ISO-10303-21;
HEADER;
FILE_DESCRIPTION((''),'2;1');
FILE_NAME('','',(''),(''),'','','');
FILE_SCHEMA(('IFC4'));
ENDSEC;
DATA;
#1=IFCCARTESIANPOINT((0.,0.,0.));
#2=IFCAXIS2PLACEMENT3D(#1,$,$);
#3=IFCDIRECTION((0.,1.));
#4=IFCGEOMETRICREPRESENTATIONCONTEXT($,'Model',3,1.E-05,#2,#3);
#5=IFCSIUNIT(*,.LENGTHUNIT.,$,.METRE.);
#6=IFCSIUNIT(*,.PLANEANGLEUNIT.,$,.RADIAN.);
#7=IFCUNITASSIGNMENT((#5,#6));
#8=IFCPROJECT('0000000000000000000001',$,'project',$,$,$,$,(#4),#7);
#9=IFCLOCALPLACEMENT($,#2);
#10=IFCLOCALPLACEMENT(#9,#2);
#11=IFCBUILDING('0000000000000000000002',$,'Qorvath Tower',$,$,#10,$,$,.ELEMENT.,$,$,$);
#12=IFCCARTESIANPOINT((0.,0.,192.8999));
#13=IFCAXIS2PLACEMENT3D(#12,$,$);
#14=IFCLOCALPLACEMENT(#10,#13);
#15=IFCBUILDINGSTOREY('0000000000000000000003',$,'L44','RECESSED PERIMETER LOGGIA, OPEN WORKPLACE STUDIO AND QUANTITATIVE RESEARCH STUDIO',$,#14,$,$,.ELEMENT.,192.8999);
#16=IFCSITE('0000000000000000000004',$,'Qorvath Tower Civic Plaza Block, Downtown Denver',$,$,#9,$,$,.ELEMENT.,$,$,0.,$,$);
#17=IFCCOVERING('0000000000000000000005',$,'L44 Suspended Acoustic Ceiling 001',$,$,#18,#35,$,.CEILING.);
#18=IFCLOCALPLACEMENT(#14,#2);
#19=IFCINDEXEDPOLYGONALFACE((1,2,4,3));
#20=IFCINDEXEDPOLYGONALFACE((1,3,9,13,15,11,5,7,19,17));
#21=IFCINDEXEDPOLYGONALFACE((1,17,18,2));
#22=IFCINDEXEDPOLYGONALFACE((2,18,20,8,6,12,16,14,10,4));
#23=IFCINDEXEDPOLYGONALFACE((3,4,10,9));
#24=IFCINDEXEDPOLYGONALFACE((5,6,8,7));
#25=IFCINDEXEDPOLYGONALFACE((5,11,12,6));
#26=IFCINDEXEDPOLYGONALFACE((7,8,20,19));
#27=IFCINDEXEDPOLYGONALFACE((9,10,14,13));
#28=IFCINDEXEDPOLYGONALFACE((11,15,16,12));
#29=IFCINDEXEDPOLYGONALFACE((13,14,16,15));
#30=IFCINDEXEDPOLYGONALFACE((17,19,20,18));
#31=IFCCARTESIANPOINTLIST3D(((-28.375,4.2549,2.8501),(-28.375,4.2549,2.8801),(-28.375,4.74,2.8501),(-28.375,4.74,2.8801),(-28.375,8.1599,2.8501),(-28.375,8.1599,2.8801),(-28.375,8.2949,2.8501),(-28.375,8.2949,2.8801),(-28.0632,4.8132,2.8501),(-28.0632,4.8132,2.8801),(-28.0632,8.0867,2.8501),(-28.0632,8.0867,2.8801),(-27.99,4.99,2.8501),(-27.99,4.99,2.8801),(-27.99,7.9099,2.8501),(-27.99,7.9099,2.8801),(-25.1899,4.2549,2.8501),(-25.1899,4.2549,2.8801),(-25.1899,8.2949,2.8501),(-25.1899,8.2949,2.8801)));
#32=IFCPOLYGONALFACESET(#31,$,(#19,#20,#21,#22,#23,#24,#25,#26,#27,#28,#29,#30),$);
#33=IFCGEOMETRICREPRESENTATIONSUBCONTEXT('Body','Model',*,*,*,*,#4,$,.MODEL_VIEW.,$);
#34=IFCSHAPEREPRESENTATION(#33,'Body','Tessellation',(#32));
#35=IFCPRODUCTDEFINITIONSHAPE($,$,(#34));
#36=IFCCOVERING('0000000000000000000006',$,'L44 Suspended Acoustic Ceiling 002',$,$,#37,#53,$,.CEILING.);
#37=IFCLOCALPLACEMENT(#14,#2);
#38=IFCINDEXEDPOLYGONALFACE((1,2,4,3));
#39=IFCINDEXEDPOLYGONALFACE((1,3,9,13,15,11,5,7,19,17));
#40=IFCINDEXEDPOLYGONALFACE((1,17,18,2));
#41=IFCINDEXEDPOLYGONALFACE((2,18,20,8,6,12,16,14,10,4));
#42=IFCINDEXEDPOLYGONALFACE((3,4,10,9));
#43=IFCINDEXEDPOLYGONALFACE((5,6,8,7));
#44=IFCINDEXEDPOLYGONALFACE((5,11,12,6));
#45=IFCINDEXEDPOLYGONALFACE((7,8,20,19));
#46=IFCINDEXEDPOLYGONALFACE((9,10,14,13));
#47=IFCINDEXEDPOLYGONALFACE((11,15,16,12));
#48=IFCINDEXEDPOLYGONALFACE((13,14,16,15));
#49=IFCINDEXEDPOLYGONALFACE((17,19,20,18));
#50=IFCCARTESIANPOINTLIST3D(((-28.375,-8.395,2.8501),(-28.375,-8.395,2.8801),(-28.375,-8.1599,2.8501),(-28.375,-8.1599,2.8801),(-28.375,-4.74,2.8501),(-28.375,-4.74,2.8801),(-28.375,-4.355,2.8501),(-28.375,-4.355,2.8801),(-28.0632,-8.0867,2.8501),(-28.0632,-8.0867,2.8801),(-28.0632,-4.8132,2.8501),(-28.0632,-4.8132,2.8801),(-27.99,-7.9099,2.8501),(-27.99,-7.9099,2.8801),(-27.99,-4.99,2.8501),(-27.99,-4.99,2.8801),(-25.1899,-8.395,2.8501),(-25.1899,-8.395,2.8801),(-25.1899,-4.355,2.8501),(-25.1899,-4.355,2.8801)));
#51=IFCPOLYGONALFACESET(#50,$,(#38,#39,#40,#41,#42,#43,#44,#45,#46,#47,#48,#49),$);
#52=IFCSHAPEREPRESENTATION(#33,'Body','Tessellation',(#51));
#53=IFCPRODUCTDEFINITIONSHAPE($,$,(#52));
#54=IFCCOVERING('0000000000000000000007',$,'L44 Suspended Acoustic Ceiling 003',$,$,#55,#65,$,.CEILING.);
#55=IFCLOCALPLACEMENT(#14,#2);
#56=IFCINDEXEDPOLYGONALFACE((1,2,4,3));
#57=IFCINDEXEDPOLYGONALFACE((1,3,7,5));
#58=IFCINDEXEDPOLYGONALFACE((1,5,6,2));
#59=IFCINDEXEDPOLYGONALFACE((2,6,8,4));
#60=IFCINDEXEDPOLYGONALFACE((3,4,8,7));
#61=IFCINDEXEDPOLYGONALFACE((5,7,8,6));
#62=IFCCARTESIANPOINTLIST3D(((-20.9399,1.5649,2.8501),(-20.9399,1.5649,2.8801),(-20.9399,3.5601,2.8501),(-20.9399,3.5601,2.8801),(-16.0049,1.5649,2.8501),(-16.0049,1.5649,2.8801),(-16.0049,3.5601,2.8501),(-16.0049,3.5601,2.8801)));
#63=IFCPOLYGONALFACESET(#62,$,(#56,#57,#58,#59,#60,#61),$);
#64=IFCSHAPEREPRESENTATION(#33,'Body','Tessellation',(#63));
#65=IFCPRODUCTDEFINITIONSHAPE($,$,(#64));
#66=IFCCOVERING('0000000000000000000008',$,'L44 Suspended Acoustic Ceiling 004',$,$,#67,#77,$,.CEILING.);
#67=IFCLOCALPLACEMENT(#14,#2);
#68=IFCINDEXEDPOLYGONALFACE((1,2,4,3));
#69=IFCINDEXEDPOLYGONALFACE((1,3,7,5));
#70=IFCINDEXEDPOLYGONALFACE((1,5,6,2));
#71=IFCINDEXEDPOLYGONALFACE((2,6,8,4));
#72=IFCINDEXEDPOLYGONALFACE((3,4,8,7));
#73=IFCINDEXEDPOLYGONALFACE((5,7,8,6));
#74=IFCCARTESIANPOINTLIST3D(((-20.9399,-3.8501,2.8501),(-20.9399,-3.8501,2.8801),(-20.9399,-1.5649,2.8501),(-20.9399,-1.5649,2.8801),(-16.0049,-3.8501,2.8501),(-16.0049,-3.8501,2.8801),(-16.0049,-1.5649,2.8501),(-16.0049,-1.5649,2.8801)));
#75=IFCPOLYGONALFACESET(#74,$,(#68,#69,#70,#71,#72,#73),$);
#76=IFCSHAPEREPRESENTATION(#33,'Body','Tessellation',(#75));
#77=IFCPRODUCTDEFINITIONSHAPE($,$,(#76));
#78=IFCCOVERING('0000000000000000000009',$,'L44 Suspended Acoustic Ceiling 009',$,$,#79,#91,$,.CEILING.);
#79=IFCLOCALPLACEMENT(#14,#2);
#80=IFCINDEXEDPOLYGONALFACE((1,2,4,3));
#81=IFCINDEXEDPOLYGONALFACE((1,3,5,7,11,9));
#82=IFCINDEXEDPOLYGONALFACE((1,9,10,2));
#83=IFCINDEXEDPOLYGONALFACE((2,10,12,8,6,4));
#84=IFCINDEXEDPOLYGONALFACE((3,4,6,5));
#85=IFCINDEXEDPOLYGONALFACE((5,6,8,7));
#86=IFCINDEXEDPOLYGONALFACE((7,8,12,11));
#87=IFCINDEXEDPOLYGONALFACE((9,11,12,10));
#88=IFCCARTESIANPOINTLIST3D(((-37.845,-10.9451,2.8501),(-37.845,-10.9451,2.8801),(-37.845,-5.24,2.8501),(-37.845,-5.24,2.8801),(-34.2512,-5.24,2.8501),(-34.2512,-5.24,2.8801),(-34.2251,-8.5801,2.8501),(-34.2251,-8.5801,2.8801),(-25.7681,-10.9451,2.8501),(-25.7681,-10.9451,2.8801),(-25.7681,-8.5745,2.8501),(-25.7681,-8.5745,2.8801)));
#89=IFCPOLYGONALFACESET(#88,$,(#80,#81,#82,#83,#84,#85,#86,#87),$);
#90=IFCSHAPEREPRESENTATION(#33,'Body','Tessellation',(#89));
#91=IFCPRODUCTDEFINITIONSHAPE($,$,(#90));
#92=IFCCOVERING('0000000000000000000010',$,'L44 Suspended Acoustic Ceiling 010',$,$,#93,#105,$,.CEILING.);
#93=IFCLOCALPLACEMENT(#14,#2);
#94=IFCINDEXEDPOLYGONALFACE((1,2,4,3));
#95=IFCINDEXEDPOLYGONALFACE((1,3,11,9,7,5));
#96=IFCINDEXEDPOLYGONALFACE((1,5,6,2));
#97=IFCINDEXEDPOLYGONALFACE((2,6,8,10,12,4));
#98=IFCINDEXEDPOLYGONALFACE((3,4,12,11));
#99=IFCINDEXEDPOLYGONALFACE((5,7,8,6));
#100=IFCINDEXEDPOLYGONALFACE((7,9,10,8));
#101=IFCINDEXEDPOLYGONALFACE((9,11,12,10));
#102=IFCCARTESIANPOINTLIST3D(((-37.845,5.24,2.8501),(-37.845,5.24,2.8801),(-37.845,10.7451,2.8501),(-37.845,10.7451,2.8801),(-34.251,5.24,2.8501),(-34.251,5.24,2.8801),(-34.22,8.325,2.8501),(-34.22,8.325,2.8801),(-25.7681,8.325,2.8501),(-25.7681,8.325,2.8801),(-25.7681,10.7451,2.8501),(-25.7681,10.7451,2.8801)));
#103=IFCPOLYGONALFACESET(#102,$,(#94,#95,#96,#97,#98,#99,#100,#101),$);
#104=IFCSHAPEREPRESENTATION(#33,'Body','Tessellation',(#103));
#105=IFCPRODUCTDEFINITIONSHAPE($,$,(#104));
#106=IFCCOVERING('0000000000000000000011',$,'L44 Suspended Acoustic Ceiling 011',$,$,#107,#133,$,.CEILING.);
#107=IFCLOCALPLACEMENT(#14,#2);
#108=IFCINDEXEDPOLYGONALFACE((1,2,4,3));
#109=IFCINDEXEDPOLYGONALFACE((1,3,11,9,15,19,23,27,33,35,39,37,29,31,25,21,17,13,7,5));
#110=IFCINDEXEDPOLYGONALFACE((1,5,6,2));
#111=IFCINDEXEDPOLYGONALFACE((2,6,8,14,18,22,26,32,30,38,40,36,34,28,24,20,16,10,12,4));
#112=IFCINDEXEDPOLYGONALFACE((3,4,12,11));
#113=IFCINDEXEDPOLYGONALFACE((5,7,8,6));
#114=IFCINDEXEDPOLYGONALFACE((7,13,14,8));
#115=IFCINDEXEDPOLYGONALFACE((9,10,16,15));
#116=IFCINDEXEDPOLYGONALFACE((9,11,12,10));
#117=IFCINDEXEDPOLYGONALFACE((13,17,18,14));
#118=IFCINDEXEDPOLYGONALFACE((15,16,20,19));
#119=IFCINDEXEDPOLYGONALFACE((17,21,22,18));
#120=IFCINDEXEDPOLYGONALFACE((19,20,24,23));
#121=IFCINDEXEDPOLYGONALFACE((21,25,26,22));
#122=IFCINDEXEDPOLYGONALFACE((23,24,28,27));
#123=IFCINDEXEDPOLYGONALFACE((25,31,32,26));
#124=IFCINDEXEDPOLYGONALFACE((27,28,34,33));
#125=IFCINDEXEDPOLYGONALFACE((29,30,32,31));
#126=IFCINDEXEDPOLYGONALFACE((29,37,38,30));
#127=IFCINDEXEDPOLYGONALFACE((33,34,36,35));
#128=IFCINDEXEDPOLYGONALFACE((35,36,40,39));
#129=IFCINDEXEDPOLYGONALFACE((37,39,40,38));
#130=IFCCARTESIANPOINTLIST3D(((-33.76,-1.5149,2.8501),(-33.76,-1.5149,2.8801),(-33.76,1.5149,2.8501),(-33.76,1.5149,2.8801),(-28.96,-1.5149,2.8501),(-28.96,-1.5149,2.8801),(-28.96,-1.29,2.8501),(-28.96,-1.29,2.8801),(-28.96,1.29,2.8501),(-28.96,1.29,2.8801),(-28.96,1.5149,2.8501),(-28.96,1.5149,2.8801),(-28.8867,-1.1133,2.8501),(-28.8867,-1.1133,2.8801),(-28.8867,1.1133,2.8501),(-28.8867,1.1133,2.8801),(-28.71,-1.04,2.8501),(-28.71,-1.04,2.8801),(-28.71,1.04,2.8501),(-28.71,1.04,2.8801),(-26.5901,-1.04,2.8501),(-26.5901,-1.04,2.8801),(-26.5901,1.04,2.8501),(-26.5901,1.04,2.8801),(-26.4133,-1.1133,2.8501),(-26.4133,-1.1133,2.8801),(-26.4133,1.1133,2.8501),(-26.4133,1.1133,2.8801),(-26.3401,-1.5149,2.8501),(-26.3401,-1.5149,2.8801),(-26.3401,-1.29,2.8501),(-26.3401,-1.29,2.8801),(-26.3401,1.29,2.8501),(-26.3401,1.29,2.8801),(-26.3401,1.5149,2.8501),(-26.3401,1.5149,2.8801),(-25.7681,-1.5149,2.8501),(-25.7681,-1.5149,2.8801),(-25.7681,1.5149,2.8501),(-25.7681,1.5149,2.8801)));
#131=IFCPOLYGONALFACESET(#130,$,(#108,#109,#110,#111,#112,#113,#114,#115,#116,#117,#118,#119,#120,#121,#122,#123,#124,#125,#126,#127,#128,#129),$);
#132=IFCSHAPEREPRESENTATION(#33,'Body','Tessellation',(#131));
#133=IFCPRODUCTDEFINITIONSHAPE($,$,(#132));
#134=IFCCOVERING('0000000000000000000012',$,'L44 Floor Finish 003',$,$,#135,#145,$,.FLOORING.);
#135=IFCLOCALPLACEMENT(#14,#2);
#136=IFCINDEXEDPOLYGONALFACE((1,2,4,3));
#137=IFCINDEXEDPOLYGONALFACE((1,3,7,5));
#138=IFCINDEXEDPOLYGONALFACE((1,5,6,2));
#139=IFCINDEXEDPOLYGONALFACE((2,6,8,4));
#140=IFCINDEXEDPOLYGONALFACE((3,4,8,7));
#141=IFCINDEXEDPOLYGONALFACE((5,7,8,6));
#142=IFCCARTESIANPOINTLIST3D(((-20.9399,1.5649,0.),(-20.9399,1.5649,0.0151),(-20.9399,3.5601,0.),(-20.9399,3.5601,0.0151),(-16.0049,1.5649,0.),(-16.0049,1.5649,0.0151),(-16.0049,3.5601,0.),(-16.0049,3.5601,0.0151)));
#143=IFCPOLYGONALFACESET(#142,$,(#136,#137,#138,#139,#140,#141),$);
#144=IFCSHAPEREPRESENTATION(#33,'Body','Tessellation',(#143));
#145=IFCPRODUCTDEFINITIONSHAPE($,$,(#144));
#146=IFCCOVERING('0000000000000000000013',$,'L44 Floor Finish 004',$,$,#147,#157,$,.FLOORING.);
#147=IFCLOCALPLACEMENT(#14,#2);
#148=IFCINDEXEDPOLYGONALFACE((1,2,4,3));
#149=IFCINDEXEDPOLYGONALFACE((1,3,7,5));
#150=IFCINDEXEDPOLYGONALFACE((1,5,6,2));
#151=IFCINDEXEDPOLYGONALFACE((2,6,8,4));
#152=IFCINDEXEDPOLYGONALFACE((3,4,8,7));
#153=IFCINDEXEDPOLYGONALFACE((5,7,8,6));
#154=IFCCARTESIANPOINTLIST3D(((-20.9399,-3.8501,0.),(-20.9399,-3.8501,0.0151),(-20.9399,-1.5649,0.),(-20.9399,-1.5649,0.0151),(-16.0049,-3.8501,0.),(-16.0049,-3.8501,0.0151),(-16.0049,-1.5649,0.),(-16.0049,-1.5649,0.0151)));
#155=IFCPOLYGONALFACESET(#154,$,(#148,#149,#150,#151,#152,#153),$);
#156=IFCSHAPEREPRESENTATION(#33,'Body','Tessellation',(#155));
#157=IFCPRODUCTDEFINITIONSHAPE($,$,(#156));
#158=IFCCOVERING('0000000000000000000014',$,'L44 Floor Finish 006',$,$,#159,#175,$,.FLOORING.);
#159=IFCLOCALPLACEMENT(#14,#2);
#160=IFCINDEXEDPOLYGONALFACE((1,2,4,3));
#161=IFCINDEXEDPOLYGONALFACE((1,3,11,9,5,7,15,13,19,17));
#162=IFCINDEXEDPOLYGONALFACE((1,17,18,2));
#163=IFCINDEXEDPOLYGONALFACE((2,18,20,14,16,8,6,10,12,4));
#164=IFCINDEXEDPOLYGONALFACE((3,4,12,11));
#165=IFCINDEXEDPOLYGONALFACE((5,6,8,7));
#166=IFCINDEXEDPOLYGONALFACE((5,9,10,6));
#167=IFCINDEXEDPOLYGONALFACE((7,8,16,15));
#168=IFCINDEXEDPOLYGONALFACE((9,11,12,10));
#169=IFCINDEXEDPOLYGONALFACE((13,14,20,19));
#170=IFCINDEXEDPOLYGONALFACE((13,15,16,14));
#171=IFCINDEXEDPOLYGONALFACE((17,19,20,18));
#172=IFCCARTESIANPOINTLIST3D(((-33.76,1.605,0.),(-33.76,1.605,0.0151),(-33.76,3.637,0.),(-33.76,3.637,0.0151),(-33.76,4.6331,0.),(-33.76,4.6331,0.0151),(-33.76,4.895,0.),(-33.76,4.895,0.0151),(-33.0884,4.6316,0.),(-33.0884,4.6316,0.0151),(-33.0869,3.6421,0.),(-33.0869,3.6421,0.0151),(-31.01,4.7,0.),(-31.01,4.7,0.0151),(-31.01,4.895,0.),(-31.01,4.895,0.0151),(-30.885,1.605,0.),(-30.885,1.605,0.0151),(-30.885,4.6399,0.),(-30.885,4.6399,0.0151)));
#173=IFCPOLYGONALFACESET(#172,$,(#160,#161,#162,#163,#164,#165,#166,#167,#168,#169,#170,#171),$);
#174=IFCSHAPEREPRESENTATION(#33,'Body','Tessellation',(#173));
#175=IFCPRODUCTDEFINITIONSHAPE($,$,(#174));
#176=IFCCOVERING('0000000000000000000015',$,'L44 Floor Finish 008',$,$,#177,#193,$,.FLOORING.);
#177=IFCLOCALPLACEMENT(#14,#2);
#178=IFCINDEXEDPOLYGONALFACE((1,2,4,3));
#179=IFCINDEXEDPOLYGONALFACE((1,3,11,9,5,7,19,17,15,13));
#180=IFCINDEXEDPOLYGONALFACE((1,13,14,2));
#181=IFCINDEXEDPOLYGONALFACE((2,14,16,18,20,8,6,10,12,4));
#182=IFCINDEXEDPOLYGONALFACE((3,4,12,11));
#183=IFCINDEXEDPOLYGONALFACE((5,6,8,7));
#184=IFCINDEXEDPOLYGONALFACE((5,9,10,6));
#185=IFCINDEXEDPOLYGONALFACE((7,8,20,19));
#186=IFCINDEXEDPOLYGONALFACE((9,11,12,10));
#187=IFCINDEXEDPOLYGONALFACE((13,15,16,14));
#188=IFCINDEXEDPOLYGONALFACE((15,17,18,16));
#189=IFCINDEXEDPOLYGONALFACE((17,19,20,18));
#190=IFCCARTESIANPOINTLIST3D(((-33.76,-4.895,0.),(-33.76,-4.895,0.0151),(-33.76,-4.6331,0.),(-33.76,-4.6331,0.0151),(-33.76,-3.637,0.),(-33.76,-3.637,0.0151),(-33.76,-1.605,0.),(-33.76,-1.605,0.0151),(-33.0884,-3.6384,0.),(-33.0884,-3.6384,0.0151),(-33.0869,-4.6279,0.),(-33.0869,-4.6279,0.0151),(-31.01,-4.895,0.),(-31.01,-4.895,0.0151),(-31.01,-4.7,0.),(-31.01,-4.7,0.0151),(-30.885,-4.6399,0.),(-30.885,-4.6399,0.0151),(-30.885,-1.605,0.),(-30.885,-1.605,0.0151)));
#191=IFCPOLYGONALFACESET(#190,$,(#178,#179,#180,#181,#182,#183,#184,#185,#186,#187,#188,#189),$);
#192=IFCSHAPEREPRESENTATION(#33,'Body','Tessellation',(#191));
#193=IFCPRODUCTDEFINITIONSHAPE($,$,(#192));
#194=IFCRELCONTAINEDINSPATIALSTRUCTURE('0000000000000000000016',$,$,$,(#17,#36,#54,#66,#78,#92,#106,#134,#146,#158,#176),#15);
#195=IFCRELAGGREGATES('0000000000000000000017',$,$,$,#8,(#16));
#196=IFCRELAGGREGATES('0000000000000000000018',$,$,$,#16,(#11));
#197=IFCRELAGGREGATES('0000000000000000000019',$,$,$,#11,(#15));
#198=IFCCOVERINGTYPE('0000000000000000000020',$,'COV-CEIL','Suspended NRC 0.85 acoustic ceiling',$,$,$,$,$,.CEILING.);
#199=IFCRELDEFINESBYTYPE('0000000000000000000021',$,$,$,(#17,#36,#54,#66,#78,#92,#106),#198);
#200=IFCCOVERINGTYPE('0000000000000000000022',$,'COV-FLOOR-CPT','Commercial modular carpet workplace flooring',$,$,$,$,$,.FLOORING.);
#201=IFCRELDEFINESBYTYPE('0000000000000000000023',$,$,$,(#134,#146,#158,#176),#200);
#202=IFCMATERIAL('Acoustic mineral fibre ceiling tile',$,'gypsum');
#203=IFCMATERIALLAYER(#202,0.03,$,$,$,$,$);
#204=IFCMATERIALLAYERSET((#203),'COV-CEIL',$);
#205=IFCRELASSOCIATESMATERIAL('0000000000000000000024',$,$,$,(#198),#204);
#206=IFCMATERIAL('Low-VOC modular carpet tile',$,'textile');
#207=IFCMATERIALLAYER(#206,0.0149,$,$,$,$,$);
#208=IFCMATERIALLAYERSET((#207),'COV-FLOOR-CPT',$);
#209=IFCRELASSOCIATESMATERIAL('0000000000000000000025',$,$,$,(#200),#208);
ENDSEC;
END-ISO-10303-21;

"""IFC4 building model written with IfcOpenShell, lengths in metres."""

from ifc_helpers import new_model, si_unit, direction, frame, origin, place, context, subcontext, project, spatial, polyline, outline, extrude, material, layer, layer_set, type_object, element, save


model = new_model("IFC4")

# Units and contexts
model_context = context("Model", 3, precision=1e-05, world=origin(), true_north=direction((0.0, 1.0)))
body_context = subcontext(model_context, "Body", "Model", "MODEL_VIEW")
ifc_project = project(units=[si_unit("LENGTHUNIT", "METRE"), si_unit("PLANEANGLEUNIT", "RADIAN")], contexts=[model_context])

# Site, building, storey
site_placement = place(None, origin())
site = spatial("IfcSite", under=ifc_project, at=site_placement, Name="Qorvath Tower Civic Plaza Block, Downtown Denver", CompositionType="ELEMENT", RefElevation=0.0)
building_placement = place(site_placement, origin())
building = spatial("IfcBuilding", under=site, at=building_placement, Name="Qorvath Tower", CompositionType="ELEMENT")
storey_placement = place(building_placement, frame((0.0, 0.0, 192.8999)))
storey = spatial("IfcBuildingStorey", under=building, at=storey_placement, Name="L44", Description="RECESSED PERIMETER LOGGIA, OPEN WORKPLACE STUDIO AND QUANTITATIVE RESEARCH STUDIO", CompositionType="ELEMENT", Elevation=192.8999)

# Coverings
ifc_material_1 = material(Name="Acoustic mineral fibre ceiling tile", Category="gypsum")
ifc_layer_1 = layer(ifc_material_1, 0.03)
ifc_layer_set_1 = layer_set([ifc_layer_1], Name="COV-CEIL")
covering_type_1 = type_object("IfcCoveringType", Name="COV-CEIL", Description="Suspended NRC 0.85 acoustic ceiling", PredefinedType="CEILING", material=ifc_layer_set_1)
covering_1_placement = place(storey_placement, frame((0.0, 0.0, 2.8501)))
element("IfcCovering", 1, at=covering_1_placement, inside=storey, type_object=covering_type_1, Name="L44 Suspended Acoustic Ceiling 001", PredefinedType="CEILING", context=body_context, shape_type="SweptSolid", body=[
    extrude(outline(polyline([(-25.1899, 4.2549), (-25.1899, 8.2949), (-28.375, 8.2949), (-28.375, 8.1599), (-28.0632, 8.0867), (-27.99, 7.9099), (-27.99, 4.99), (-28.0632, 4.8132), (-28.375, 4.74), (-28.375, 4.2549), (-25.1899, 4.2549)])), origin(), (0.0, 0.0, 1.0), 0.03),
])
covering_2_placement = place(storey_placement, frame((0.0, 0.0, 2.8501)))
element("IfcCovering", 2, at=covering_2_placement, inside=storey, type_object=covering_type_1, Name="L44 Suspended Acoustic Ceiling 002", PredefinedType="CEILING", context=body_context, shape_type="SweptSolid", body=[
    extrude(outline(polyline([(-25.1899, -8.395), (-25.1899, -4.355), (-28.375, -4.355), (-28.375, -4.74), (-28.0632, -4.8132), (-27.99, -4.99), (-27.99, -7.9099), (-28.0632, -8.0867), (-28.375, -8.1599), (-28.375, -8.395), (-25.1899, -8.395)])), origin(), (0.0, 0.0, 1.0), 0.03),
])
covering_3_placement = place(storey_placement, frame((0.0, 0.0, 2.8501)))
element("IfcCovering", 3, at=covering_3_placement, inside=storey, type_object=covering_type_1, Name="L44 Suspended Acoustic Ceiling 003", PredefinedType="CEILING", context=body_context, shape_type="SweptSolid", body=[
    extrude(outline(polyline([(-16.0049, 3.5601), (-20.9399, 3.5601), (-20.9399, 1.5649), (-16.0049, 1.5649), (-16.0049, 3.5601)])), origin(), (0.0, 0.0, 1.0), 0.03),
])
covering_4_placement = place(storey_placement, frame((0.0, 0.0, 2.8501)))
element("IfcCovering", 4, at=covering_4_placement, inside=storey, type_object=covering_type_1, Name="L44 Suspended Acoustic Ceiling 004", PredefinedType="CEILING", context=body_context, shape_type="SweptSolid", body=[
    extrude(outline(polyline([(-20.9399, -1.5649), (-20.9399, -3.8501), (-16.0049, -3.8501), (-16.0049, -1.5649), (-20.9399, -1.5649)])), origin(), (0.0, 0.0, 1.0), 0.03),
])
covering_5_placement = place(storey_placement, frame((0.0, 0.0, 2.8501)))
element("IfcCovering", 5, at=covering_5_placement, inside=storey, type_object=covering_type_1, Name="L44 Suspended Acoustic Ceiling 009", PredefinedType="CEILING", context=body_context, shape_type="SweptSolid", body=[
    extrude(outline(polyline([(-34.2251, -8.5801), (-34.2512, -5.24), (-37.845, -5.24), (-37.845, -10.9451), (-25.7681, -10.9451), (-25.7681, -8.5745), (-34.2251, -8.5801)])), origin(), (0.0, 0.0, 1.0), 0.03),
])
covering_6_placement = place(storey_placement, frame((0.0, 0.0, 2.8501)))
element("IfcCovering", 6, at=covering_6_placement, inside=storey, type_object=covering_type_1, Name="L44 Suspended Acoustic Ceiling 010", PredefinedType="CEILING", context=body_context, shape_type="SweptSolid", body=[
    extrude(outline(polyline([(-25.7681, 8.325), (-25.7681, 10.7451), (-37.845, 10.7451), (-37.845, 5.24), (-34.251, 5.24), (-34.22, 8.325), (-25.7681, 8.325)])), origin(), (0.0, 0.0, 1.0), 0.03),
])
covering_7_placement = place(storey_placement, frame((0.0, 0.0, 2.8501)))
element("IfcCovering", 7, at=covering_7_placement, inside=storey, type_object=covering_type_1, Name="L44 Suspended Acoustic Ceiling 011", PredefinedType="CEILING", context=body_context, shape_type="SweptSolid", body=[
    extrude(outline(polyline([(-25.7681, -1.5149), (-25.7681, 1.5149), (-26.3401, 1.5149), (-26.3401, 1.29), (-26.4133, 1.1133), (-26.5901, 1.04), (-28.71, 1.04), (-28.8867, 1.1133), (-28.96, 1.29), (-28.96, 1.5149), (-33.76, 1.5149), (-33.76, -1.5149), (-28.96, -1.5149), (-28.96, -1.29), (-28.8867, -1.1133), (-28.71, -1.04), (-26.5901, -1.04), (-26.4133, -1.1133), (-26.3401, -1.29), (-26.3401, -1.5149), (-25.7681, -1.5149)])), origin(), (0.0, 0.0, 1.0), 0.03),
])
ifc_material_2 = material(Name="Low-VOC modular carpet tile", Category="textile")
ifc_layer_2 = layer(ifc_material_2, 0.0149)
ifc_layer_set_2 = layer_set([ifc_layer_2], Name="COV-FLOOR-CPT")
covering_type_2 = type_object("IfcCoveringType", Name="COV-FLOOR-CPT", Description="Commercial modular carpet workplace flooring", PredefinedType="FLOORING", material=ifc_layer_set_2)
covering_8_placement = place(storey_placement, origin())
element("IfcCovering", 8, at=covering_8_placement, inside=storey, type_object=covering_type_2, Name="L44 Floor Finish 003", PredefinedType="FLOORING", context=body_context, shape_type="SweptSolid", body=[
    extrude(outline(polyline([(-16.0049, 3.5601), (-20.9399, 3.5601), (-20.9399, 1.5649), (-16.0049, 1.5649), (-16.0049, 3.5601)])), origin(), (0.0, 0.0, 1.0), 0.0151),
])
covering_9_placement = place(storey_placement, origin())
element("IfcCovering", 9, at=covering_9_placement, inside=storey, type_object=covering_type_2, Name="L44 Floor Finish 004", PredefinedType="FLOORING", context=body_context, shape_type="SweptSolid", body=[
    extrude(outline(polyline([(-20.9399, -1.5649), (-20.9399, -3.8501), (-16.0049, -3.8501), (-16.0049, -1.5649), (-20.9399, -1.5649)])), origin(), (0.0, 0.0, 1.0), 0.0151),
])
covering_10_placement = place(storey_placement, origin())
element("IfcCovering", 10, at=covering_10_placement, inside=storey, type_object=covering_type_2, Name="L44 Floor Finish 006", PredefinedType="FLOORING", context=body_context, shape_type="SweptSolid", body=[
    extrude(outline(polyline([(-31.01, 4.895), (-33.76, 4.895), (-33.76, 4.6331), (-33.0884, 4.6316), (-33.0869, 3.6421), (-33.76, 3.637), (-33.76, 1.605), (-30.885, 1.605), (-30.885, 4.6399), (-31.01, 4.7), (-31.01, 4.895)])), origin(), (0.0, 0.0, 1.0), 0.0151),
])
covering_11_placement = place(storey_placement, origin())
element("IfcCovering", 11, at=covering_11_placement, inside=storey, type_object=covering_type_2, Name="L44 Floor Finish 008", PredefinedType="FLOORING", context=body_context, shape_type="SweptSolid", body=[
    extrude(outline(polyline([(-30.885, -1.605), (-33.76, -1.605), (-33.76, -3.637), (-33.0884, -3.6384), (-33.0869, -4.6279), (-33.76, -4.6331), (-33.76, -4.895), (-31.01, -4.895), (-31.01, -4.7), (-30.885, -4.6399), (-30.885, -1.605)])), origin(), (0.0, 0.0, 1.0), 0.0151),
])

save(model, "model.ifc")
